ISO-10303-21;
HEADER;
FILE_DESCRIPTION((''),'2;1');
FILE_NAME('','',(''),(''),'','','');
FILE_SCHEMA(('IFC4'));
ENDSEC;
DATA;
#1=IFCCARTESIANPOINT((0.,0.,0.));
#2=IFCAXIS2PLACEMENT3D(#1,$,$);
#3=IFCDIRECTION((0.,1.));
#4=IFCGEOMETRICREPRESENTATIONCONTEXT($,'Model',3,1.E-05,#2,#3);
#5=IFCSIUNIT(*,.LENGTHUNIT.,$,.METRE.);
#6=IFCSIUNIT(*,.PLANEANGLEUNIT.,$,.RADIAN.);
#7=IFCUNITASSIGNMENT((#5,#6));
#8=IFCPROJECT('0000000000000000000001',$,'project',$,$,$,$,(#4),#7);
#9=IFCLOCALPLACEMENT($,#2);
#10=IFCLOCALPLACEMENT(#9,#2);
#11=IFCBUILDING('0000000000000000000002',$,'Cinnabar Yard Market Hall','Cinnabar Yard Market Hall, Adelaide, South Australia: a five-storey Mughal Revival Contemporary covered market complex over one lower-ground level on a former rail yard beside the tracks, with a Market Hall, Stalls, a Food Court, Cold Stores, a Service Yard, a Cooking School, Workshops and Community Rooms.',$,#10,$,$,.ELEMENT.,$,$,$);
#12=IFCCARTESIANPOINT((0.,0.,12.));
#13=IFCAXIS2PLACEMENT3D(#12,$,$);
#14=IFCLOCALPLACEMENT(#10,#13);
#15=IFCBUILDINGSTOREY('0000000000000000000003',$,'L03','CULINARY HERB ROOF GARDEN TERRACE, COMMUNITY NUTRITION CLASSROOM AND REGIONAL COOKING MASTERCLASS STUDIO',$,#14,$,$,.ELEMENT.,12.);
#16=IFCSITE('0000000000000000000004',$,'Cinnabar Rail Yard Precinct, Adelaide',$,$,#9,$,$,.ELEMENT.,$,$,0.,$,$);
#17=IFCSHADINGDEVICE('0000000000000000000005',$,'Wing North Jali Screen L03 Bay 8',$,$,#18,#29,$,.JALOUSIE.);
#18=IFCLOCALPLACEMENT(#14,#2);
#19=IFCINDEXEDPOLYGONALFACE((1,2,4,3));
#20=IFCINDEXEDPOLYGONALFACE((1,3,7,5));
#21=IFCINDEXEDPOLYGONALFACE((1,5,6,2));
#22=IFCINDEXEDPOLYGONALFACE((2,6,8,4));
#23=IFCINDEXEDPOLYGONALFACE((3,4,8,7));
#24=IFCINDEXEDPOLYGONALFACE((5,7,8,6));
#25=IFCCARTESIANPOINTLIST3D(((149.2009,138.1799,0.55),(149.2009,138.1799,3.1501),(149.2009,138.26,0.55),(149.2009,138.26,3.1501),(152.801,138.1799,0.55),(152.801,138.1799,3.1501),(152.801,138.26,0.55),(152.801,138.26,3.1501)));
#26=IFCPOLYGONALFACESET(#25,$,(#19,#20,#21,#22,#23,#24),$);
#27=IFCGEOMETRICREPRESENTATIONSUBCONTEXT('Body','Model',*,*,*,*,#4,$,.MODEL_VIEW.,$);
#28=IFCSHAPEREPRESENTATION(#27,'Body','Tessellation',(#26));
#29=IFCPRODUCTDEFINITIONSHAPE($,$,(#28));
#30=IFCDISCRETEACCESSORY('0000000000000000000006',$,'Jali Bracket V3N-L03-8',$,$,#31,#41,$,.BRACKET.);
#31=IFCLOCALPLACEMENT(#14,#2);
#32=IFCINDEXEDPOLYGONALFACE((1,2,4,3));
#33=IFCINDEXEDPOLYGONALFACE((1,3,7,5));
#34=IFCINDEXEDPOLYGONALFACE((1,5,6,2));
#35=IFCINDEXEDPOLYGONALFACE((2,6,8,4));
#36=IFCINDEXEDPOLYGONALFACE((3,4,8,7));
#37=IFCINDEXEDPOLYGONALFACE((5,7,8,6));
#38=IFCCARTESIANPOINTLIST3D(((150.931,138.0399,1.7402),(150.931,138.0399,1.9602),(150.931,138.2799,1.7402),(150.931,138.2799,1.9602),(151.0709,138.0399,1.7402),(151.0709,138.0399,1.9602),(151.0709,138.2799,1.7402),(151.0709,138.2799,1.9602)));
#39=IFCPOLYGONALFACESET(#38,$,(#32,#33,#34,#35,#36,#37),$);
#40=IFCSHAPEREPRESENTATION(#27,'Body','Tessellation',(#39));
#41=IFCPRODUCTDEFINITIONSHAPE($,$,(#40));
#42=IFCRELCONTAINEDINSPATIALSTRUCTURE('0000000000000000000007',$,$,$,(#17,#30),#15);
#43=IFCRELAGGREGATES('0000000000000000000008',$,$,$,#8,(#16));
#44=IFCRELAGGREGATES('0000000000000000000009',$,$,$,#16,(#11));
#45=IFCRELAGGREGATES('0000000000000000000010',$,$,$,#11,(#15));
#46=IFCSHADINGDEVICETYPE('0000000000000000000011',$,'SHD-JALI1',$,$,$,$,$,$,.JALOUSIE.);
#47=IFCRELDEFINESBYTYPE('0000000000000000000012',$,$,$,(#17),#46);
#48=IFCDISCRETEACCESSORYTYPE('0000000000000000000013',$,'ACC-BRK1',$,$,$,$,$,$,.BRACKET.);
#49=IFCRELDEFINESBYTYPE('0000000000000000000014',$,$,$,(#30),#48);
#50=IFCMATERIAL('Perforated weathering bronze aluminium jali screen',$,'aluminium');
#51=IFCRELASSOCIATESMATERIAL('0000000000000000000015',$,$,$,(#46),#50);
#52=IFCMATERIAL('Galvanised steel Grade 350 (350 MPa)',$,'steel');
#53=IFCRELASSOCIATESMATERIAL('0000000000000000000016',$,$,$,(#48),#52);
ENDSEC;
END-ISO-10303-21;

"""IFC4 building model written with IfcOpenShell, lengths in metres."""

from ifc_helpers import new_model, si_unit, direction, frame, origin, origin_2d_with_axis, place, context, subcontext, project, spatial, rectangle, extrude, material, type_object, element, save


model = new_model("IFC4")

# Units and contexts
model_context = context("Model", 3, precision=1e-05, world=origin(), true_north=direction((0.0, 1.0)))
body_context = subcontext(model_context, "Body", "Model", "MODEL_VIEW")
ifc_project = project(units=[si_unit("LENGTHUNIT", "METRE"), si_unit("PLANEANGLEUNIT", "RADIAN")], contexts=[model_context])

# Site, building, storey
site_placement = place(None, origin())
site = spatial("IfcSite", under=ifc_project, at=site_placement, Name="Cinnabar Rail Yard Precinct, Adelaide", CompositionType="ELEMENT", RefElevation=0.0)
building_placement = place(site_placement, origin())
building = spatial("IfcBuilding", under=site, at=building_placement, Name="Cinnabar Yard Market Hall", Description="Cinnabar Yard Market Hall, Adelaide, South Australia: a five-storey Mughal Revival Contemporary covered market complex over one lower-ground level on a former rail yard beside the tracks, with a Market Hall, Stalls, a Food Court, Cold Stores, a Service Yard, a Cooking School, Workshops and Community Rooms.", CompositionType="ELEMENT")
storey_placement = place(building_placement, frame((0.0, 0.0, 12.0)))
storey = spatial("IfcBuildingStorey", under=building, at=storey_placement, Name="L03", Description="CULINARY HERB ROOF GARDEN TERRACE, COMMUNITY NUTRITION CLASSROOM AND REGIONAL COOKING MASTERCLASS STUDIO", CompositionType="ELEMENT", Elevation=12.0)

# Shading device
ifc_material_1 = material(Name="Perforated weathering bronze aluminium jali screen", Category="aluminium")
shading_device_type = type_object("IfcShadingDeviceType", Name="SHD-JALI1", PredefinedType="JALOUSIE", material=ifc_material_1)
shading_device_placement = place(storey_placement, frame((151.001, 138.22, 0.55), z_axis=(0.0, 0.0, 1.0), x_axis=(1.0, 0.0, 0.0)))
element("IfcShadingDevice", 1, at=shading_device_placement, inside=storey, type_object=shading_device_type, Name="Wing North Jali Screen L03 Bay 8", PredefinedType="JALOUSIE", context=body_context, shape_type="SweptSolid", body=[
    extrude(rectangle(XDim=3.6001, YDim=0.0801, at=origin_2d_with_axis()), origin(), (0.0, 0.0, 1.0), 2.6001),
])

# Discrete accessory
ifc_material_2 = material(Name="Galvanised steel Grade 350 (350 MPa)", Category="steel")
discrete_accessory_type = type_object("IfcDiscreteAccessoryType", Name="ACC-BRK1", PredefinedType="BRACKET", material=ifc_material_2)
discrete_accessory_placement = place(storey_placement, frame((151.001, 138.1599, 1.7402), z_axis=(0.0, 0.0, 1.0), x_axis=(1.0, 0.0, 0.0)))
element("IfcDiscreteAccessory", 2, at=discrete_accessory_placement, inside=storey, type_object=discrete_accessory_type, Name="Jali Bracket V3N-L03-8", PredefinedType="BRACKET", context=body_context, shape_type="SweptSolid", body=[
    extrude(rectangle(XDim=0.1399, YDim=0.24, at=origin_2d_with_axis()), origin(), (0.0, 0.0, 1.0), 0.22),
])

save(model, "model.ifc")
